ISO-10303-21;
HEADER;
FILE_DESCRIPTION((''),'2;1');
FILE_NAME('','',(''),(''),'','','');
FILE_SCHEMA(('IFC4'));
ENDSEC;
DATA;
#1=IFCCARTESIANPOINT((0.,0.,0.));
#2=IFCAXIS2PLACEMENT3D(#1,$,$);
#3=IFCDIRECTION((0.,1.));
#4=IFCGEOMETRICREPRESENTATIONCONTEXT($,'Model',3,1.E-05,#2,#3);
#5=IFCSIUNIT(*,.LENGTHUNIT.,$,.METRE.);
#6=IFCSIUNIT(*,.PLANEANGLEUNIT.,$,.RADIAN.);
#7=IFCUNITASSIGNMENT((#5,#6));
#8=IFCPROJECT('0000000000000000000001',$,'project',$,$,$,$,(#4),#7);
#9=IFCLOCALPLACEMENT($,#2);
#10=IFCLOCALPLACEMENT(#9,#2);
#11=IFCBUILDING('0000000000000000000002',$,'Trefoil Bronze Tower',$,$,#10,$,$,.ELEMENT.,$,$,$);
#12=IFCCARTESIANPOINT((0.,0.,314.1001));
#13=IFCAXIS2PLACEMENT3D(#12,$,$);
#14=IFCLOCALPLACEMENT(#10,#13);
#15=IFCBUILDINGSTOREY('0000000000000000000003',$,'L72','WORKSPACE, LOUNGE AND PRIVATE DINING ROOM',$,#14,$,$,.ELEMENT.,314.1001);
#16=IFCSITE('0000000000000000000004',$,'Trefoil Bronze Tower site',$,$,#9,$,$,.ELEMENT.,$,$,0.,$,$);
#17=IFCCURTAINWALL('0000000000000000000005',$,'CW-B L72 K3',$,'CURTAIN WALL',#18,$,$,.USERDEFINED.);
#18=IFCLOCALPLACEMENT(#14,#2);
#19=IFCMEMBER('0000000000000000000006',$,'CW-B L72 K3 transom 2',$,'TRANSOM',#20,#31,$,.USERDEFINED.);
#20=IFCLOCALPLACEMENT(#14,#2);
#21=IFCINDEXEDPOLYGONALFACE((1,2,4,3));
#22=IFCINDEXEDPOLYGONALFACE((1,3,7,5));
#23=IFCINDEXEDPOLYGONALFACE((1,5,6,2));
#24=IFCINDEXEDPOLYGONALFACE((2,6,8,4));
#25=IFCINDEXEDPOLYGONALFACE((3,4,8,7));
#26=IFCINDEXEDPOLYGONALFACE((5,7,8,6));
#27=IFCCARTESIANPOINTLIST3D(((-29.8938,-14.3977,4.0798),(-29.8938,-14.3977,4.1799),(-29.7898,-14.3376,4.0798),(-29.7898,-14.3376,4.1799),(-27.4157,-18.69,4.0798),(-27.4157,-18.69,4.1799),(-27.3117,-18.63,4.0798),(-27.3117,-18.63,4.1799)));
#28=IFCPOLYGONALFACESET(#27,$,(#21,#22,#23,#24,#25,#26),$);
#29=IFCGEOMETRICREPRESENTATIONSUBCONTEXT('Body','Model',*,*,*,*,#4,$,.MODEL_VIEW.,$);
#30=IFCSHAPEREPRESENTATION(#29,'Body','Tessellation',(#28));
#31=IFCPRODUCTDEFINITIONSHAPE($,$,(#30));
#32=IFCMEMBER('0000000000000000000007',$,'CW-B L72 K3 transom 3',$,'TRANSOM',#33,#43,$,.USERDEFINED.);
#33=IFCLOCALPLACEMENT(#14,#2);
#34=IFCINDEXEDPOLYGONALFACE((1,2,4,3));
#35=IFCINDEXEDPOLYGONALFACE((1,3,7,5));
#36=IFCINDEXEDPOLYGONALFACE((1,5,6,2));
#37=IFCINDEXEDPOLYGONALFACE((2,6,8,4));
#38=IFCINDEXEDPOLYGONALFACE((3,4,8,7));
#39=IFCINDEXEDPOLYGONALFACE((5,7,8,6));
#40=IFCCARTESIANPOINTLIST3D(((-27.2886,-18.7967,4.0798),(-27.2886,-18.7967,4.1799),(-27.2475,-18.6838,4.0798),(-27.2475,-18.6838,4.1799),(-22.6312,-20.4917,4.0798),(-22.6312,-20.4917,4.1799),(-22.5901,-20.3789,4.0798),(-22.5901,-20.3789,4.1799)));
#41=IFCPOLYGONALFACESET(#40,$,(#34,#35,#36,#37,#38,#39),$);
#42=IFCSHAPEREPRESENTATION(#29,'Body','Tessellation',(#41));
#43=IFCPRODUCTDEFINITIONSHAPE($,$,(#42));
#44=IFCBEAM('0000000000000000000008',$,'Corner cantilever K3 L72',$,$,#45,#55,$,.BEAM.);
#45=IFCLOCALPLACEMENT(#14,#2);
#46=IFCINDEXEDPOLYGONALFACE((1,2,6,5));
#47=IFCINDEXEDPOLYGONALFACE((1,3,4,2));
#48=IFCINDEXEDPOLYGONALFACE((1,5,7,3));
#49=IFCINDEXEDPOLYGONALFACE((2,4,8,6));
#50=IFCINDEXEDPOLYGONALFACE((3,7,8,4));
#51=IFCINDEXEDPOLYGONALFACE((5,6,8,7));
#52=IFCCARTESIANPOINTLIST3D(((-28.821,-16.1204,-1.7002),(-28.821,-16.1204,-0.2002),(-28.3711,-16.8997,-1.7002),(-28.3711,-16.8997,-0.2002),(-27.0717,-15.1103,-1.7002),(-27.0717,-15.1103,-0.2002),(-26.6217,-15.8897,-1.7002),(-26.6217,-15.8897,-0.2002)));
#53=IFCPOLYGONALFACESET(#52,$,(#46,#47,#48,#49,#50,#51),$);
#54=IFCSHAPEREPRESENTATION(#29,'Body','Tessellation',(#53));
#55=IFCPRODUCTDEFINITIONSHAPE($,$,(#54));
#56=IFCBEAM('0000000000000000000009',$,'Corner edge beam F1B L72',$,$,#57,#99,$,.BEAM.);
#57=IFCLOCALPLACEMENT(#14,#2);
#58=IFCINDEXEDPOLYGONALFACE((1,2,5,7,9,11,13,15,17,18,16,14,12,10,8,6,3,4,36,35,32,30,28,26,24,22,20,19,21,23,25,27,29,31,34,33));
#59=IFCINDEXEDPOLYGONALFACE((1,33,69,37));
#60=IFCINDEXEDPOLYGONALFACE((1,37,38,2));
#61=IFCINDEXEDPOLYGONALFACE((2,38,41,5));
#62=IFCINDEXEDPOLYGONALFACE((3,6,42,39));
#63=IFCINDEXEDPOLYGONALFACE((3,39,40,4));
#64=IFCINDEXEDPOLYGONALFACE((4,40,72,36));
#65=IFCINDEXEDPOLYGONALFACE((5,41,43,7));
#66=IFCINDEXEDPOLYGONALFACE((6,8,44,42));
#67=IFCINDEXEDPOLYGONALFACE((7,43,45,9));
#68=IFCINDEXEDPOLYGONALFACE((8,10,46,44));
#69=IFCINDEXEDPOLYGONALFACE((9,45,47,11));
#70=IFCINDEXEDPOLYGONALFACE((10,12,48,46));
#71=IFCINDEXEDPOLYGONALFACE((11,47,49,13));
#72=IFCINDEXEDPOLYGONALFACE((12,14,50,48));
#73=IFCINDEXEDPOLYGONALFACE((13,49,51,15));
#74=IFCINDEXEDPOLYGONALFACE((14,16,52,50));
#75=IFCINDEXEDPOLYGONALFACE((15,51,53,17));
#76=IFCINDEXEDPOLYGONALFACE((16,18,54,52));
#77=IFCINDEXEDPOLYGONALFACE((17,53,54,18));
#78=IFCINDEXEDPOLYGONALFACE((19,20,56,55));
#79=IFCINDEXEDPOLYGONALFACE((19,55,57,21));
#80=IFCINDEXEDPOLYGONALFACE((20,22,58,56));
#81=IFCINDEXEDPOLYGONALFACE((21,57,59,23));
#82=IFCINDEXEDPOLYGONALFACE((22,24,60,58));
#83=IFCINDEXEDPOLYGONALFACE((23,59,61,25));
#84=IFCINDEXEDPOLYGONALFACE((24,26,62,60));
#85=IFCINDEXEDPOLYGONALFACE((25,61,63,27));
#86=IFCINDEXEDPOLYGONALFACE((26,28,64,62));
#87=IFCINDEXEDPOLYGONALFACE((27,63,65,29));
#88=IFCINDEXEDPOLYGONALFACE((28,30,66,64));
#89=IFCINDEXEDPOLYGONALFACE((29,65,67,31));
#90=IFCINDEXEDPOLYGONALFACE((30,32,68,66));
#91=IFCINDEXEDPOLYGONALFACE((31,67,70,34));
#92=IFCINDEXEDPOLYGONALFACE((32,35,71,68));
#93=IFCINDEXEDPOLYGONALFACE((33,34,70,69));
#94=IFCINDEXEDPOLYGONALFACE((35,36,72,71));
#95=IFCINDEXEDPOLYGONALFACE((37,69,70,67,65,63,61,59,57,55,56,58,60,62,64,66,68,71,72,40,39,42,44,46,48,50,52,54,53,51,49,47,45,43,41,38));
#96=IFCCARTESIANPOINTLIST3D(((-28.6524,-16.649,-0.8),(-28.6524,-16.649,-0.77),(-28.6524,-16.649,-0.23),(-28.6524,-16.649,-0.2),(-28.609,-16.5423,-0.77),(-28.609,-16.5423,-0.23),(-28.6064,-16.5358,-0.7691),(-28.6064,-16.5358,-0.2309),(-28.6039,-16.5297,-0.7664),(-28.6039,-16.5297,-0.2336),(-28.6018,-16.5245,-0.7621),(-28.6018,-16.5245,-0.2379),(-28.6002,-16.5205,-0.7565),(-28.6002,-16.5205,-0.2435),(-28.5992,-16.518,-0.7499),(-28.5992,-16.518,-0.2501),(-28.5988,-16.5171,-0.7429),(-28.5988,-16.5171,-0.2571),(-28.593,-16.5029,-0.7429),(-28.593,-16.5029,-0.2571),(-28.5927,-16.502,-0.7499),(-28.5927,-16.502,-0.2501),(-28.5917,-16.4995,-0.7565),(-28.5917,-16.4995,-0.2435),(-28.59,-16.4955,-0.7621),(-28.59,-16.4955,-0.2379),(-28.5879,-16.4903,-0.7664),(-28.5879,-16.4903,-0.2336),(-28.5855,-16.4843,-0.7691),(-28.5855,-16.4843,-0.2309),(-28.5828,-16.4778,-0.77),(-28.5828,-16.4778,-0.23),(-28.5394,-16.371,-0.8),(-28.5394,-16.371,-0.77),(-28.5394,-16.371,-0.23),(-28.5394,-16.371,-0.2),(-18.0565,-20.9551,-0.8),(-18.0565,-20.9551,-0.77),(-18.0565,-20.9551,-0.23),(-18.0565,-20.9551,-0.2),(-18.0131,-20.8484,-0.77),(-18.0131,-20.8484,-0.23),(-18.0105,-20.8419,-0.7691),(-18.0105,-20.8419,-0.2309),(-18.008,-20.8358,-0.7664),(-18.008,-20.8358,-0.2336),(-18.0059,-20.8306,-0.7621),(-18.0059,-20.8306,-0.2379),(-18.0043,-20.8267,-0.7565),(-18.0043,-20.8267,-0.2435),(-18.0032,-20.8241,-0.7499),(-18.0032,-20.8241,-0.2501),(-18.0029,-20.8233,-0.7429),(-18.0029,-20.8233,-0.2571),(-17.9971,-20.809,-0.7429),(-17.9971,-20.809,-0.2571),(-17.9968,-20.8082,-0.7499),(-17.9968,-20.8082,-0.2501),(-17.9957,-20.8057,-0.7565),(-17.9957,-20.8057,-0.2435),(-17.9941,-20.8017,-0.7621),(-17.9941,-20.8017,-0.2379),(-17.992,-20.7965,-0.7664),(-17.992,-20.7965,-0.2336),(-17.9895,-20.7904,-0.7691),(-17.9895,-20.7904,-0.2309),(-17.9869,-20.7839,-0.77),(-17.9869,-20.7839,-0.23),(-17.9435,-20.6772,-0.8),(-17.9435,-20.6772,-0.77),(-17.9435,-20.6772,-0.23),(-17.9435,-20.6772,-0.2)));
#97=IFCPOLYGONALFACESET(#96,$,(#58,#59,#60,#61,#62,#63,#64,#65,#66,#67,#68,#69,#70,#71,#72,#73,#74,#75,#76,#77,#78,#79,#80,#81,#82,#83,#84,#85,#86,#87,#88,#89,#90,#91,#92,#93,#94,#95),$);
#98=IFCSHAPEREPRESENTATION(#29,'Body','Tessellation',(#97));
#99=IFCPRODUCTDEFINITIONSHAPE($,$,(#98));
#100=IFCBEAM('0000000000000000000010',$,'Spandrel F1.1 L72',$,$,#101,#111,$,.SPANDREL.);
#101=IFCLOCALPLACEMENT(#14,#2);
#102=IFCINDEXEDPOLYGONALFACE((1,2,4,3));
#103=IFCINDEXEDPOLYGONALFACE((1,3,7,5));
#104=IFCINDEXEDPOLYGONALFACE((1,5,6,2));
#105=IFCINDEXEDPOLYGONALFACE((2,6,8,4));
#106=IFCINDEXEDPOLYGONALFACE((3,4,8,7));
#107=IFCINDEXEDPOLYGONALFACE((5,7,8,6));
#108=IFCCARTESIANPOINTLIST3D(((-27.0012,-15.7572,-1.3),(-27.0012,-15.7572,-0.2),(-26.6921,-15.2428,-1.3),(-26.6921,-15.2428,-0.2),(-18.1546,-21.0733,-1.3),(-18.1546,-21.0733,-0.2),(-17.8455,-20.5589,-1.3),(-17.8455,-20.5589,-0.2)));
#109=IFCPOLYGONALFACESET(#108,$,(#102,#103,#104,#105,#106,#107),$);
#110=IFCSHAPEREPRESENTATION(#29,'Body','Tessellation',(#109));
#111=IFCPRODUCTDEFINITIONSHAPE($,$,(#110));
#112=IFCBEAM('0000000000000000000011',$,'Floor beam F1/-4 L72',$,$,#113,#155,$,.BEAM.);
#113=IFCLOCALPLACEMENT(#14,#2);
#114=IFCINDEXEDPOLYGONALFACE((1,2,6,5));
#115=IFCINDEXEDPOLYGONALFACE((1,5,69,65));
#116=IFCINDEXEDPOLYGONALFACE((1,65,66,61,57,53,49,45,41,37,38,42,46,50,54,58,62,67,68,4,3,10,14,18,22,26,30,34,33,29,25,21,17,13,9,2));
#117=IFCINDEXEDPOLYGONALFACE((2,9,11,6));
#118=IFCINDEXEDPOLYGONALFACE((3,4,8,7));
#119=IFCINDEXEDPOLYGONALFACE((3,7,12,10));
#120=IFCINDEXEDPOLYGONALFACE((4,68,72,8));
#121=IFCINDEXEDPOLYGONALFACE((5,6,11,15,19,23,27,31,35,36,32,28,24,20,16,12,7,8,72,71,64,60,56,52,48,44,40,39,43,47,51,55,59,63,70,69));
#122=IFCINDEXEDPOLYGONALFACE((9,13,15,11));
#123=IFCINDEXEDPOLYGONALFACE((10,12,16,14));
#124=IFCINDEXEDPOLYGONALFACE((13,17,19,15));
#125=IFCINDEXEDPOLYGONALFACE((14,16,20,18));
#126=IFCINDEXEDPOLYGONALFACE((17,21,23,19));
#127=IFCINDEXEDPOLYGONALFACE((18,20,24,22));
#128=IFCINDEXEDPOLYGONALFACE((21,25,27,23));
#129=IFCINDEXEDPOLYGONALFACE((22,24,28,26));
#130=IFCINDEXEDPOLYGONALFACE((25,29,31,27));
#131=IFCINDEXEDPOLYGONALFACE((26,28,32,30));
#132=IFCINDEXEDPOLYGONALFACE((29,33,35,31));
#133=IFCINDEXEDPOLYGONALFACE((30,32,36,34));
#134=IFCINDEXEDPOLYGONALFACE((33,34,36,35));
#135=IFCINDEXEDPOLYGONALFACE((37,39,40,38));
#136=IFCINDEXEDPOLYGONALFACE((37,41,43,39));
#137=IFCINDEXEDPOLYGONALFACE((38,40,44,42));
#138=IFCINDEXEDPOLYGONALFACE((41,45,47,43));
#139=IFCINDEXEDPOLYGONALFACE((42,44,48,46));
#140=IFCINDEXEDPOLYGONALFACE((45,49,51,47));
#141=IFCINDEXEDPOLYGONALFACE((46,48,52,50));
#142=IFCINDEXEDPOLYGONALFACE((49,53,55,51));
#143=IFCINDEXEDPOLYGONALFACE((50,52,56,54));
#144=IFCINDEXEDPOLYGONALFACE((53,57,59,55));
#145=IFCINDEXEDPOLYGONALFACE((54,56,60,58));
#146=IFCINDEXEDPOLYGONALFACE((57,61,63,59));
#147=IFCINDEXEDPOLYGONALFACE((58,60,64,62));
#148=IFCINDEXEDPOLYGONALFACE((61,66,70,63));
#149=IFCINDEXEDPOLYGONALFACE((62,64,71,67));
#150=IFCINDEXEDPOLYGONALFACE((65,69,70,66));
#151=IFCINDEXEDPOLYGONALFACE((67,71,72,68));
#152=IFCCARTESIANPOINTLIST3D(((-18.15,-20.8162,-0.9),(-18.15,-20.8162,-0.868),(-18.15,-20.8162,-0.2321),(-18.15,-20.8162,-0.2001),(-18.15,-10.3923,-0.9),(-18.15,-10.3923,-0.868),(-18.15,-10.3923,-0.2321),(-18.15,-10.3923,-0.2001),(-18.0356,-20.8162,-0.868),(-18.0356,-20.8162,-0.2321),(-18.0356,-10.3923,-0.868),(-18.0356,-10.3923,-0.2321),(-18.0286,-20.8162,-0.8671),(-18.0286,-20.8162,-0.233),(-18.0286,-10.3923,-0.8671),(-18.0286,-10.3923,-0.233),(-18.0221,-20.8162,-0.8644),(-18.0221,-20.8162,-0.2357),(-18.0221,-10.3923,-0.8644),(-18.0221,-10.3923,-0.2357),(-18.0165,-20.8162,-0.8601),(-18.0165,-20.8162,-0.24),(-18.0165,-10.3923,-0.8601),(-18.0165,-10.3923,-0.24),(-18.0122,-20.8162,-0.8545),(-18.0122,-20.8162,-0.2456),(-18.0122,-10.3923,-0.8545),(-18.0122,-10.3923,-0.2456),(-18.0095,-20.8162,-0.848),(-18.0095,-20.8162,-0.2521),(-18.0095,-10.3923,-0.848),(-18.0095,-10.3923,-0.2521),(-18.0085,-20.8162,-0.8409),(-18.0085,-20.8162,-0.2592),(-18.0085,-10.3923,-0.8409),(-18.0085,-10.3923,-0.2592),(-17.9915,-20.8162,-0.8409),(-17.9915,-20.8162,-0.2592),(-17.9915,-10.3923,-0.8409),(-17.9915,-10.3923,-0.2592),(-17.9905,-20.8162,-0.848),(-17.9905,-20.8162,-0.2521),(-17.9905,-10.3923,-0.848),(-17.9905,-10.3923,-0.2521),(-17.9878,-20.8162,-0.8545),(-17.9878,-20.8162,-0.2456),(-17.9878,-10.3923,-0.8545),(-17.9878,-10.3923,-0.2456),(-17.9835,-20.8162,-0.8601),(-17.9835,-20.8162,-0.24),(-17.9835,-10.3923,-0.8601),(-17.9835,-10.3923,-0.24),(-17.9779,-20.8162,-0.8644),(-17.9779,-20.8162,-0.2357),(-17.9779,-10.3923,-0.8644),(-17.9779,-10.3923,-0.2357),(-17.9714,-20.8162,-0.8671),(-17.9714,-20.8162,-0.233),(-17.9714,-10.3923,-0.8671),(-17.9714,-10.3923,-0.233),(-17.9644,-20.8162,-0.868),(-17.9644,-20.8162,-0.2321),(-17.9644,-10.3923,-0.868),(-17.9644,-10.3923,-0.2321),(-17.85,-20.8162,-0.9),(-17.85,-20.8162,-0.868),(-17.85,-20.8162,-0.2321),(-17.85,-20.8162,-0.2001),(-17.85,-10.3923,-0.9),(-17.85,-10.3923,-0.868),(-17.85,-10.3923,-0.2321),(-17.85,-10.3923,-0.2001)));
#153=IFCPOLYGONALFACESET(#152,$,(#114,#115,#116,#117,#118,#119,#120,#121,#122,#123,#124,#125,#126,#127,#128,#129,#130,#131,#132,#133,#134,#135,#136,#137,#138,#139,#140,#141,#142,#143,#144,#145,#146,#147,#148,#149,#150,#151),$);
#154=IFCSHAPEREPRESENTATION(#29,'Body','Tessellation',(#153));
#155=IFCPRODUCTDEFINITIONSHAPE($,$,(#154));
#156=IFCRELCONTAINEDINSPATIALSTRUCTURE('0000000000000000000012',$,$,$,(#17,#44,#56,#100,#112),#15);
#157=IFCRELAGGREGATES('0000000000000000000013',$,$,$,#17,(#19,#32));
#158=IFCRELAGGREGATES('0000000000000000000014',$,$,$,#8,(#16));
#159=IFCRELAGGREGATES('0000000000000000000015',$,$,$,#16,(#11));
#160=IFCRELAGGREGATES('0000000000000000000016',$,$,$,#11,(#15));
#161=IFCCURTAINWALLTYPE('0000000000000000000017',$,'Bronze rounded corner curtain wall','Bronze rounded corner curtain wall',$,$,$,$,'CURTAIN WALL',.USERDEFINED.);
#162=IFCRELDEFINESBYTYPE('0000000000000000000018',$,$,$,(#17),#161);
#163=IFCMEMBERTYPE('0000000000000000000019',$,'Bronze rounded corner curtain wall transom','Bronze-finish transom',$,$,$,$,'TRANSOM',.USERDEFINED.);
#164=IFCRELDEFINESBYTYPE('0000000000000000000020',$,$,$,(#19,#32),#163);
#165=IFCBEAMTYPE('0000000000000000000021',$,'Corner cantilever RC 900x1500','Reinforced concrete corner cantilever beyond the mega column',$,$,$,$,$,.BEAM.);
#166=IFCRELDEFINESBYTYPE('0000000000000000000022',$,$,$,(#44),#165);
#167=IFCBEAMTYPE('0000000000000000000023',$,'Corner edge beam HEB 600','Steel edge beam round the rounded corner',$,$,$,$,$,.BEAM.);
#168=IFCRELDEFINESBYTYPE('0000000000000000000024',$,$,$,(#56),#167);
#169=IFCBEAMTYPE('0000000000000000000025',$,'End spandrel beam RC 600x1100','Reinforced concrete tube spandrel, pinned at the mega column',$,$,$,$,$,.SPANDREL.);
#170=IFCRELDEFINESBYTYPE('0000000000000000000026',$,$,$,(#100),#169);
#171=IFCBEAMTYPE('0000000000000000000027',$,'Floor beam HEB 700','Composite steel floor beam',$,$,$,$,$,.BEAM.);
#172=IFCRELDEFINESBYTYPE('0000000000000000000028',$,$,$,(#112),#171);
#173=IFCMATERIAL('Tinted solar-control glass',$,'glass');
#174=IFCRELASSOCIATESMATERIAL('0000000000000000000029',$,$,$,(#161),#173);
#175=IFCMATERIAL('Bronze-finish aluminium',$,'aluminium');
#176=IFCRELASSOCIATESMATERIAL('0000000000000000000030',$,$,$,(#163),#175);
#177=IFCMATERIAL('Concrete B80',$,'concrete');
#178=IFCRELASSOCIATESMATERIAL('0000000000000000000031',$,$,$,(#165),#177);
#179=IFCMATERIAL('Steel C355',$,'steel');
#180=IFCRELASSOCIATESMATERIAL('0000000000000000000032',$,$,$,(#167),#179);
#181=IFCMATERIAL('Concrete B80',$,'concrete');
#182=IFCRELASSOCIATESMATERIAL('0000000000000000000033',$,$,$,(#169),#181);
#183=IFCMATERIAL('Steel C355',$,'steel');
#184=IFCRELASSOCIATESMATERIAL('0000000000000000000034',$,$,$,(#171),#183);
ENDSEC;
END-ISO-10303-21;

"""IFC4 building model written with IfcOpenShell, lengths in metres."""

from ifc_helpers import new_model, si_unit, direction, frame, origin, origin_2d, place, context, subcontext, project, spatial, rectangle, i_section, extrude, material, material_profile, profile_set, type_object, element, aggregate, save


model = new_model("IFC4")

# Units and contexts
model_context = context("Model", 3, precision=1e-05, world=origin(), true_north=direction((0.0, 1.0)))
body_context = subcontext(model_context, "Body", "Model", "MODEL_VIEW")
ifc_project = project(units=[si_unit("LENGTHUNIT", "METRE"), si_unit("PLANEANGLEUNIT", "RADIAN")], contexts=[model_context])

# Site, building, storey
site_placement = place(None, origin())
site = spatial("IfcSite", under=ifc_project, at=site_placement, Name="Trefoil Bronze Tower site", CompositionType="ELEMENT", RefElevation=0.0)
building_placement = place(site_placement, origin())
building = spatial("IfcBuilding", under=site, at=building_placement, Name="Trefoil Bronze Tower", CompositionType="ELEMENT")
storey_placement = place(building_placement, frame((0.0, 0.0, 314.1001)))
storey = spatial("IfcBuildingStorey", under=building, at=storey_placement, Name="L72", Description="WORKSPACE, LOUNGE AND PRIVATE DINING ROOM", CompositionType="ELEMENT", Elevation=314.1001)

# Curtain wall, members
ifc_material_1 = material(Name="Tinted solar-control glass", Category="glass")
curtain_wall_type_1 = type_object("IfcCurtainWallType", Name="Bronze rounded corner curtain wall", Description="Bronze rounded corner curtain wall", ElementType="CURTAIN WALL", PredefinedType="USERDEFINED", material=ifc_material_1)
curtain_wall_1_placement = place(storey_placement, origin())
curtain_wall_1 = element("IfcCurtainWall", 1, at=curtain_wall_1_placement, inside=storey, type_object=curtain_wall_type_1, Name="CW-B L72 K3", ObjectType="CURTAIN WALL", PredefinedType="USERDEFINED")
ifc_material_2 = material(Name="Bronze-finish aluminium", Category="aluminium")
ifc_material_profile_1 = material_profile(ifc_material_2, rectangle(XDim=0.1201, YDim=0.1001, at=origin_2d()), Name="CW-B transom")
ifc_profile_set_1 = profile_set([ifc_material_profile_1], Name="Bronze-finish aluminium")
member_type_1 = type_object("IfcMemberType", Name="Bronze rounded corner curtain wall transom", Description="Bronze-finish transom", ElementType="TRANSOM", PredefinedType="USERDEFINED", material=ifc_profile_set_1)
member_1_placement = place(storey_placement, frame((-29.8418, -14.3677, 4.1299), z_axis=(0.499985, -0.866034, 0.0), x_axis=(0.866034, 0.499985, 0.0)))
member_1 = element("IfcMember", 2, at=member_1_placement, type_object=member_type_1, Name="CW-B L72 K3 transom 2", ObjectType="TRANSOM", PredefinedType="USERDEFINED", context=body_context, shape_type="SweptSolid", body=[
    extrude(rectangle(XDim=0.1201, YDim=0.1001, at=origin_2d()), origin(), (0.0, 0.0, 1.0), 4.9563),
])
member_2_placement = place(storey_placement, frame((-27.2681, -18.7402, 4.1299), z_axis=(0.9397, -0.342, 0.0), x_axis=(0.342, 0.9397, 0.0)))
member_2 = element("IfcMember", 3, at=member_2_placement, type_object=member_type_1, Name="CW-B L72 K3 transom 3", ObjectType="TRANSOM", PredefinedType="USERDEFINED", context=body_context, shape_type="SweptSolid", body=[
    extrude(rectangle(XDim=0.1201, YDim=0.1001, at=origin_2d()), origin(), (0.0, 0.0, 1.0), 4.9563),
])

# Beams
ifc_material_3 = material(Name="Concrete B80", Category="concrete")
ifc_material_profile_2 = material_profile(ifc_material_3, rectangle(XDim=0.8999, YDim=1.5, at=origin_2d()), Name="RC 900x1500")
ifc_profile_set_2 = profile_set([ifc_material_profile_2], Name="Concrete B80")
beam_type_1 = type_object("IfcBeamType", Name="Corner cantilever RC 900x1500", Description="Reinforced concrete corner cantilever beyond the mega column", PredefinedType="BEAM", material=ifc_profile_set_2)
beam_1_placement = place(storey_placement, frame((-26.8467, -15.5, -0.9502), z_axis=(-0.86601, -0.500026, 0.0), x_axis=(0.500026, -0.86601, 0.0)))
element("IfcBeam", 4, at=beam_1_placement, inside=storey, type_object=beam_type_1, Name="Corner cantilever K3 L72", PredefinedType="BEAM", context=body_context, shape_type="SweptSolid", body=[
    extrude(rectangle(XDim=0.8999, YDim=1.5, at=origin_2d()), origin(), (0.0, 0.0, 1.0), 2.02),
])
ifc_material_4 = material(Name="Steel C355", Category="steel")
ifc_material_profile_3 = material_profile(ifc_material_4, i_section(OverallWidth=0.3, OverallDepth=0.6001, WebThickness=0.0154, FlangeThickness=0.03, FilletRadius=0.0271, at=origin_2d()), Name="HEB 600")
ifc_profile_set_3 = profile_set([ifc_material_profile_3], Name="Steel C355")
beam_type_2 = type_object("IfcBeamType", Name="Corner edge beam HEB 600", Description="Steel edge beam round the rounded corner", PredefinedType="BEAM", material=ifc_profile_set_3)
beam_2_placement = place(storey_placement, frame((-18.0, -20.8162, -0.5), z_axis=(-0.926419, 0.376493, 0.0), x_axis=(-0.376493, -0.926419, 0.0)))
element("IfcBeam", 5, at=beam_2_placement, inside=storey, type_object=beam_type_2, Name="Corner edge beam F1B L72", PredefinedType="BEAM", context=body_context, shape_type="SweptSolid", body=[
    extrude(i_section(OverallWidth=0.3, OverallDepth=0.6001, WebThickness=0.0154, FlangeThickness=0.03, FilletRadius=0.0271, at=origin_2d()), origin(), (0.0, 0.0, 1.0), 11.4375),
])
ifc_material_5 = material(Name="Concrete B80", Category="concrete")
ifc_material_profile_4 = material_profile(ifc_material_5, rectangle(XDim=0.6001, YDim=1.1001, at=origin_2d()), Name="RC 600x1100")
ifc_profile_set_4 = profile_set([ifc_material_profile_4], Name="Concrete B80")
beam_type_3 = type_object("IfcBeamType", Name="End spandrel beam RC 600x1100", Description="Reinforced concrete tube spandrel, pinned at the mega column", PredefinedType="SPANDREL", material=ifc_profile_set_4)
beam_3_placement = place(storey_placement, frame((-26.8467, -15.5, -0.75), z_axis=(0.857144, -0.515077, 0.0), x_axis=(0.515077, 0.857144, 0.0)))
element("IfcBeam", 6, at=beam_3_placement, inside=storey, type_object=beam_type_3, Name="Spandrel F1.1 L72", PredefinedType="SPANDREL", context=body_context, shape_type="SweptSolid", body=[
    extrude(rectangle(XDim=0.6001, YDim=1.1001, at=origin_2d()), origin(), (0.0, 0.0, 1.0), 10.321),
])
ifc_material_6 = material(Name="Steel C355", Category="steel")
ifc_material_profile_5 = material_profile(ifc_material_6, i_section(OverallWidth=0.3, OverallDepth=0.7, WebThickness=0.0171, FlangeThickness=0.032, FilletRadius=0.0271, at=origin_2d()), Name="HEB 700")
ifc_profile_set_5 = profile_set([ifc_material_profile_5], Name="Steel C355")
beam_type_4 = type_object("IfcBeamType", Name="Floor beam HEB 700", Description="Composite steel floor beam", PredefinedType="BEAM", material=ifc_profile_set_5)
beam_4_placement = place(storey_placement, frame((-18.0, -20.8162, -0.55), z_axis=(0.0, 1.0, 0.0), x_axis=(-1.0, 0.0, 0.0)))
element("IfcBeam", 7, at=beam_4_placement, inside=storey, type_object=beam_type_4, Name="Floor beam F1/-4 L72", PredefinedType="BEAM", context=body_context, shape_type="SweptSolid", body=[
    extrude(i_section(OverallWidth=0.3, OverallDepth=0.7, WebThickness=0.0171, FlangeThickness=0.032, FilletRadius=0.0271, at=origin_2d()), origin(), (0.0, 0.0, 1.0), 10.4238),
])

aggregate(curtain_wall_1, [member_1, member_2])

save(model, "model.ifc")
